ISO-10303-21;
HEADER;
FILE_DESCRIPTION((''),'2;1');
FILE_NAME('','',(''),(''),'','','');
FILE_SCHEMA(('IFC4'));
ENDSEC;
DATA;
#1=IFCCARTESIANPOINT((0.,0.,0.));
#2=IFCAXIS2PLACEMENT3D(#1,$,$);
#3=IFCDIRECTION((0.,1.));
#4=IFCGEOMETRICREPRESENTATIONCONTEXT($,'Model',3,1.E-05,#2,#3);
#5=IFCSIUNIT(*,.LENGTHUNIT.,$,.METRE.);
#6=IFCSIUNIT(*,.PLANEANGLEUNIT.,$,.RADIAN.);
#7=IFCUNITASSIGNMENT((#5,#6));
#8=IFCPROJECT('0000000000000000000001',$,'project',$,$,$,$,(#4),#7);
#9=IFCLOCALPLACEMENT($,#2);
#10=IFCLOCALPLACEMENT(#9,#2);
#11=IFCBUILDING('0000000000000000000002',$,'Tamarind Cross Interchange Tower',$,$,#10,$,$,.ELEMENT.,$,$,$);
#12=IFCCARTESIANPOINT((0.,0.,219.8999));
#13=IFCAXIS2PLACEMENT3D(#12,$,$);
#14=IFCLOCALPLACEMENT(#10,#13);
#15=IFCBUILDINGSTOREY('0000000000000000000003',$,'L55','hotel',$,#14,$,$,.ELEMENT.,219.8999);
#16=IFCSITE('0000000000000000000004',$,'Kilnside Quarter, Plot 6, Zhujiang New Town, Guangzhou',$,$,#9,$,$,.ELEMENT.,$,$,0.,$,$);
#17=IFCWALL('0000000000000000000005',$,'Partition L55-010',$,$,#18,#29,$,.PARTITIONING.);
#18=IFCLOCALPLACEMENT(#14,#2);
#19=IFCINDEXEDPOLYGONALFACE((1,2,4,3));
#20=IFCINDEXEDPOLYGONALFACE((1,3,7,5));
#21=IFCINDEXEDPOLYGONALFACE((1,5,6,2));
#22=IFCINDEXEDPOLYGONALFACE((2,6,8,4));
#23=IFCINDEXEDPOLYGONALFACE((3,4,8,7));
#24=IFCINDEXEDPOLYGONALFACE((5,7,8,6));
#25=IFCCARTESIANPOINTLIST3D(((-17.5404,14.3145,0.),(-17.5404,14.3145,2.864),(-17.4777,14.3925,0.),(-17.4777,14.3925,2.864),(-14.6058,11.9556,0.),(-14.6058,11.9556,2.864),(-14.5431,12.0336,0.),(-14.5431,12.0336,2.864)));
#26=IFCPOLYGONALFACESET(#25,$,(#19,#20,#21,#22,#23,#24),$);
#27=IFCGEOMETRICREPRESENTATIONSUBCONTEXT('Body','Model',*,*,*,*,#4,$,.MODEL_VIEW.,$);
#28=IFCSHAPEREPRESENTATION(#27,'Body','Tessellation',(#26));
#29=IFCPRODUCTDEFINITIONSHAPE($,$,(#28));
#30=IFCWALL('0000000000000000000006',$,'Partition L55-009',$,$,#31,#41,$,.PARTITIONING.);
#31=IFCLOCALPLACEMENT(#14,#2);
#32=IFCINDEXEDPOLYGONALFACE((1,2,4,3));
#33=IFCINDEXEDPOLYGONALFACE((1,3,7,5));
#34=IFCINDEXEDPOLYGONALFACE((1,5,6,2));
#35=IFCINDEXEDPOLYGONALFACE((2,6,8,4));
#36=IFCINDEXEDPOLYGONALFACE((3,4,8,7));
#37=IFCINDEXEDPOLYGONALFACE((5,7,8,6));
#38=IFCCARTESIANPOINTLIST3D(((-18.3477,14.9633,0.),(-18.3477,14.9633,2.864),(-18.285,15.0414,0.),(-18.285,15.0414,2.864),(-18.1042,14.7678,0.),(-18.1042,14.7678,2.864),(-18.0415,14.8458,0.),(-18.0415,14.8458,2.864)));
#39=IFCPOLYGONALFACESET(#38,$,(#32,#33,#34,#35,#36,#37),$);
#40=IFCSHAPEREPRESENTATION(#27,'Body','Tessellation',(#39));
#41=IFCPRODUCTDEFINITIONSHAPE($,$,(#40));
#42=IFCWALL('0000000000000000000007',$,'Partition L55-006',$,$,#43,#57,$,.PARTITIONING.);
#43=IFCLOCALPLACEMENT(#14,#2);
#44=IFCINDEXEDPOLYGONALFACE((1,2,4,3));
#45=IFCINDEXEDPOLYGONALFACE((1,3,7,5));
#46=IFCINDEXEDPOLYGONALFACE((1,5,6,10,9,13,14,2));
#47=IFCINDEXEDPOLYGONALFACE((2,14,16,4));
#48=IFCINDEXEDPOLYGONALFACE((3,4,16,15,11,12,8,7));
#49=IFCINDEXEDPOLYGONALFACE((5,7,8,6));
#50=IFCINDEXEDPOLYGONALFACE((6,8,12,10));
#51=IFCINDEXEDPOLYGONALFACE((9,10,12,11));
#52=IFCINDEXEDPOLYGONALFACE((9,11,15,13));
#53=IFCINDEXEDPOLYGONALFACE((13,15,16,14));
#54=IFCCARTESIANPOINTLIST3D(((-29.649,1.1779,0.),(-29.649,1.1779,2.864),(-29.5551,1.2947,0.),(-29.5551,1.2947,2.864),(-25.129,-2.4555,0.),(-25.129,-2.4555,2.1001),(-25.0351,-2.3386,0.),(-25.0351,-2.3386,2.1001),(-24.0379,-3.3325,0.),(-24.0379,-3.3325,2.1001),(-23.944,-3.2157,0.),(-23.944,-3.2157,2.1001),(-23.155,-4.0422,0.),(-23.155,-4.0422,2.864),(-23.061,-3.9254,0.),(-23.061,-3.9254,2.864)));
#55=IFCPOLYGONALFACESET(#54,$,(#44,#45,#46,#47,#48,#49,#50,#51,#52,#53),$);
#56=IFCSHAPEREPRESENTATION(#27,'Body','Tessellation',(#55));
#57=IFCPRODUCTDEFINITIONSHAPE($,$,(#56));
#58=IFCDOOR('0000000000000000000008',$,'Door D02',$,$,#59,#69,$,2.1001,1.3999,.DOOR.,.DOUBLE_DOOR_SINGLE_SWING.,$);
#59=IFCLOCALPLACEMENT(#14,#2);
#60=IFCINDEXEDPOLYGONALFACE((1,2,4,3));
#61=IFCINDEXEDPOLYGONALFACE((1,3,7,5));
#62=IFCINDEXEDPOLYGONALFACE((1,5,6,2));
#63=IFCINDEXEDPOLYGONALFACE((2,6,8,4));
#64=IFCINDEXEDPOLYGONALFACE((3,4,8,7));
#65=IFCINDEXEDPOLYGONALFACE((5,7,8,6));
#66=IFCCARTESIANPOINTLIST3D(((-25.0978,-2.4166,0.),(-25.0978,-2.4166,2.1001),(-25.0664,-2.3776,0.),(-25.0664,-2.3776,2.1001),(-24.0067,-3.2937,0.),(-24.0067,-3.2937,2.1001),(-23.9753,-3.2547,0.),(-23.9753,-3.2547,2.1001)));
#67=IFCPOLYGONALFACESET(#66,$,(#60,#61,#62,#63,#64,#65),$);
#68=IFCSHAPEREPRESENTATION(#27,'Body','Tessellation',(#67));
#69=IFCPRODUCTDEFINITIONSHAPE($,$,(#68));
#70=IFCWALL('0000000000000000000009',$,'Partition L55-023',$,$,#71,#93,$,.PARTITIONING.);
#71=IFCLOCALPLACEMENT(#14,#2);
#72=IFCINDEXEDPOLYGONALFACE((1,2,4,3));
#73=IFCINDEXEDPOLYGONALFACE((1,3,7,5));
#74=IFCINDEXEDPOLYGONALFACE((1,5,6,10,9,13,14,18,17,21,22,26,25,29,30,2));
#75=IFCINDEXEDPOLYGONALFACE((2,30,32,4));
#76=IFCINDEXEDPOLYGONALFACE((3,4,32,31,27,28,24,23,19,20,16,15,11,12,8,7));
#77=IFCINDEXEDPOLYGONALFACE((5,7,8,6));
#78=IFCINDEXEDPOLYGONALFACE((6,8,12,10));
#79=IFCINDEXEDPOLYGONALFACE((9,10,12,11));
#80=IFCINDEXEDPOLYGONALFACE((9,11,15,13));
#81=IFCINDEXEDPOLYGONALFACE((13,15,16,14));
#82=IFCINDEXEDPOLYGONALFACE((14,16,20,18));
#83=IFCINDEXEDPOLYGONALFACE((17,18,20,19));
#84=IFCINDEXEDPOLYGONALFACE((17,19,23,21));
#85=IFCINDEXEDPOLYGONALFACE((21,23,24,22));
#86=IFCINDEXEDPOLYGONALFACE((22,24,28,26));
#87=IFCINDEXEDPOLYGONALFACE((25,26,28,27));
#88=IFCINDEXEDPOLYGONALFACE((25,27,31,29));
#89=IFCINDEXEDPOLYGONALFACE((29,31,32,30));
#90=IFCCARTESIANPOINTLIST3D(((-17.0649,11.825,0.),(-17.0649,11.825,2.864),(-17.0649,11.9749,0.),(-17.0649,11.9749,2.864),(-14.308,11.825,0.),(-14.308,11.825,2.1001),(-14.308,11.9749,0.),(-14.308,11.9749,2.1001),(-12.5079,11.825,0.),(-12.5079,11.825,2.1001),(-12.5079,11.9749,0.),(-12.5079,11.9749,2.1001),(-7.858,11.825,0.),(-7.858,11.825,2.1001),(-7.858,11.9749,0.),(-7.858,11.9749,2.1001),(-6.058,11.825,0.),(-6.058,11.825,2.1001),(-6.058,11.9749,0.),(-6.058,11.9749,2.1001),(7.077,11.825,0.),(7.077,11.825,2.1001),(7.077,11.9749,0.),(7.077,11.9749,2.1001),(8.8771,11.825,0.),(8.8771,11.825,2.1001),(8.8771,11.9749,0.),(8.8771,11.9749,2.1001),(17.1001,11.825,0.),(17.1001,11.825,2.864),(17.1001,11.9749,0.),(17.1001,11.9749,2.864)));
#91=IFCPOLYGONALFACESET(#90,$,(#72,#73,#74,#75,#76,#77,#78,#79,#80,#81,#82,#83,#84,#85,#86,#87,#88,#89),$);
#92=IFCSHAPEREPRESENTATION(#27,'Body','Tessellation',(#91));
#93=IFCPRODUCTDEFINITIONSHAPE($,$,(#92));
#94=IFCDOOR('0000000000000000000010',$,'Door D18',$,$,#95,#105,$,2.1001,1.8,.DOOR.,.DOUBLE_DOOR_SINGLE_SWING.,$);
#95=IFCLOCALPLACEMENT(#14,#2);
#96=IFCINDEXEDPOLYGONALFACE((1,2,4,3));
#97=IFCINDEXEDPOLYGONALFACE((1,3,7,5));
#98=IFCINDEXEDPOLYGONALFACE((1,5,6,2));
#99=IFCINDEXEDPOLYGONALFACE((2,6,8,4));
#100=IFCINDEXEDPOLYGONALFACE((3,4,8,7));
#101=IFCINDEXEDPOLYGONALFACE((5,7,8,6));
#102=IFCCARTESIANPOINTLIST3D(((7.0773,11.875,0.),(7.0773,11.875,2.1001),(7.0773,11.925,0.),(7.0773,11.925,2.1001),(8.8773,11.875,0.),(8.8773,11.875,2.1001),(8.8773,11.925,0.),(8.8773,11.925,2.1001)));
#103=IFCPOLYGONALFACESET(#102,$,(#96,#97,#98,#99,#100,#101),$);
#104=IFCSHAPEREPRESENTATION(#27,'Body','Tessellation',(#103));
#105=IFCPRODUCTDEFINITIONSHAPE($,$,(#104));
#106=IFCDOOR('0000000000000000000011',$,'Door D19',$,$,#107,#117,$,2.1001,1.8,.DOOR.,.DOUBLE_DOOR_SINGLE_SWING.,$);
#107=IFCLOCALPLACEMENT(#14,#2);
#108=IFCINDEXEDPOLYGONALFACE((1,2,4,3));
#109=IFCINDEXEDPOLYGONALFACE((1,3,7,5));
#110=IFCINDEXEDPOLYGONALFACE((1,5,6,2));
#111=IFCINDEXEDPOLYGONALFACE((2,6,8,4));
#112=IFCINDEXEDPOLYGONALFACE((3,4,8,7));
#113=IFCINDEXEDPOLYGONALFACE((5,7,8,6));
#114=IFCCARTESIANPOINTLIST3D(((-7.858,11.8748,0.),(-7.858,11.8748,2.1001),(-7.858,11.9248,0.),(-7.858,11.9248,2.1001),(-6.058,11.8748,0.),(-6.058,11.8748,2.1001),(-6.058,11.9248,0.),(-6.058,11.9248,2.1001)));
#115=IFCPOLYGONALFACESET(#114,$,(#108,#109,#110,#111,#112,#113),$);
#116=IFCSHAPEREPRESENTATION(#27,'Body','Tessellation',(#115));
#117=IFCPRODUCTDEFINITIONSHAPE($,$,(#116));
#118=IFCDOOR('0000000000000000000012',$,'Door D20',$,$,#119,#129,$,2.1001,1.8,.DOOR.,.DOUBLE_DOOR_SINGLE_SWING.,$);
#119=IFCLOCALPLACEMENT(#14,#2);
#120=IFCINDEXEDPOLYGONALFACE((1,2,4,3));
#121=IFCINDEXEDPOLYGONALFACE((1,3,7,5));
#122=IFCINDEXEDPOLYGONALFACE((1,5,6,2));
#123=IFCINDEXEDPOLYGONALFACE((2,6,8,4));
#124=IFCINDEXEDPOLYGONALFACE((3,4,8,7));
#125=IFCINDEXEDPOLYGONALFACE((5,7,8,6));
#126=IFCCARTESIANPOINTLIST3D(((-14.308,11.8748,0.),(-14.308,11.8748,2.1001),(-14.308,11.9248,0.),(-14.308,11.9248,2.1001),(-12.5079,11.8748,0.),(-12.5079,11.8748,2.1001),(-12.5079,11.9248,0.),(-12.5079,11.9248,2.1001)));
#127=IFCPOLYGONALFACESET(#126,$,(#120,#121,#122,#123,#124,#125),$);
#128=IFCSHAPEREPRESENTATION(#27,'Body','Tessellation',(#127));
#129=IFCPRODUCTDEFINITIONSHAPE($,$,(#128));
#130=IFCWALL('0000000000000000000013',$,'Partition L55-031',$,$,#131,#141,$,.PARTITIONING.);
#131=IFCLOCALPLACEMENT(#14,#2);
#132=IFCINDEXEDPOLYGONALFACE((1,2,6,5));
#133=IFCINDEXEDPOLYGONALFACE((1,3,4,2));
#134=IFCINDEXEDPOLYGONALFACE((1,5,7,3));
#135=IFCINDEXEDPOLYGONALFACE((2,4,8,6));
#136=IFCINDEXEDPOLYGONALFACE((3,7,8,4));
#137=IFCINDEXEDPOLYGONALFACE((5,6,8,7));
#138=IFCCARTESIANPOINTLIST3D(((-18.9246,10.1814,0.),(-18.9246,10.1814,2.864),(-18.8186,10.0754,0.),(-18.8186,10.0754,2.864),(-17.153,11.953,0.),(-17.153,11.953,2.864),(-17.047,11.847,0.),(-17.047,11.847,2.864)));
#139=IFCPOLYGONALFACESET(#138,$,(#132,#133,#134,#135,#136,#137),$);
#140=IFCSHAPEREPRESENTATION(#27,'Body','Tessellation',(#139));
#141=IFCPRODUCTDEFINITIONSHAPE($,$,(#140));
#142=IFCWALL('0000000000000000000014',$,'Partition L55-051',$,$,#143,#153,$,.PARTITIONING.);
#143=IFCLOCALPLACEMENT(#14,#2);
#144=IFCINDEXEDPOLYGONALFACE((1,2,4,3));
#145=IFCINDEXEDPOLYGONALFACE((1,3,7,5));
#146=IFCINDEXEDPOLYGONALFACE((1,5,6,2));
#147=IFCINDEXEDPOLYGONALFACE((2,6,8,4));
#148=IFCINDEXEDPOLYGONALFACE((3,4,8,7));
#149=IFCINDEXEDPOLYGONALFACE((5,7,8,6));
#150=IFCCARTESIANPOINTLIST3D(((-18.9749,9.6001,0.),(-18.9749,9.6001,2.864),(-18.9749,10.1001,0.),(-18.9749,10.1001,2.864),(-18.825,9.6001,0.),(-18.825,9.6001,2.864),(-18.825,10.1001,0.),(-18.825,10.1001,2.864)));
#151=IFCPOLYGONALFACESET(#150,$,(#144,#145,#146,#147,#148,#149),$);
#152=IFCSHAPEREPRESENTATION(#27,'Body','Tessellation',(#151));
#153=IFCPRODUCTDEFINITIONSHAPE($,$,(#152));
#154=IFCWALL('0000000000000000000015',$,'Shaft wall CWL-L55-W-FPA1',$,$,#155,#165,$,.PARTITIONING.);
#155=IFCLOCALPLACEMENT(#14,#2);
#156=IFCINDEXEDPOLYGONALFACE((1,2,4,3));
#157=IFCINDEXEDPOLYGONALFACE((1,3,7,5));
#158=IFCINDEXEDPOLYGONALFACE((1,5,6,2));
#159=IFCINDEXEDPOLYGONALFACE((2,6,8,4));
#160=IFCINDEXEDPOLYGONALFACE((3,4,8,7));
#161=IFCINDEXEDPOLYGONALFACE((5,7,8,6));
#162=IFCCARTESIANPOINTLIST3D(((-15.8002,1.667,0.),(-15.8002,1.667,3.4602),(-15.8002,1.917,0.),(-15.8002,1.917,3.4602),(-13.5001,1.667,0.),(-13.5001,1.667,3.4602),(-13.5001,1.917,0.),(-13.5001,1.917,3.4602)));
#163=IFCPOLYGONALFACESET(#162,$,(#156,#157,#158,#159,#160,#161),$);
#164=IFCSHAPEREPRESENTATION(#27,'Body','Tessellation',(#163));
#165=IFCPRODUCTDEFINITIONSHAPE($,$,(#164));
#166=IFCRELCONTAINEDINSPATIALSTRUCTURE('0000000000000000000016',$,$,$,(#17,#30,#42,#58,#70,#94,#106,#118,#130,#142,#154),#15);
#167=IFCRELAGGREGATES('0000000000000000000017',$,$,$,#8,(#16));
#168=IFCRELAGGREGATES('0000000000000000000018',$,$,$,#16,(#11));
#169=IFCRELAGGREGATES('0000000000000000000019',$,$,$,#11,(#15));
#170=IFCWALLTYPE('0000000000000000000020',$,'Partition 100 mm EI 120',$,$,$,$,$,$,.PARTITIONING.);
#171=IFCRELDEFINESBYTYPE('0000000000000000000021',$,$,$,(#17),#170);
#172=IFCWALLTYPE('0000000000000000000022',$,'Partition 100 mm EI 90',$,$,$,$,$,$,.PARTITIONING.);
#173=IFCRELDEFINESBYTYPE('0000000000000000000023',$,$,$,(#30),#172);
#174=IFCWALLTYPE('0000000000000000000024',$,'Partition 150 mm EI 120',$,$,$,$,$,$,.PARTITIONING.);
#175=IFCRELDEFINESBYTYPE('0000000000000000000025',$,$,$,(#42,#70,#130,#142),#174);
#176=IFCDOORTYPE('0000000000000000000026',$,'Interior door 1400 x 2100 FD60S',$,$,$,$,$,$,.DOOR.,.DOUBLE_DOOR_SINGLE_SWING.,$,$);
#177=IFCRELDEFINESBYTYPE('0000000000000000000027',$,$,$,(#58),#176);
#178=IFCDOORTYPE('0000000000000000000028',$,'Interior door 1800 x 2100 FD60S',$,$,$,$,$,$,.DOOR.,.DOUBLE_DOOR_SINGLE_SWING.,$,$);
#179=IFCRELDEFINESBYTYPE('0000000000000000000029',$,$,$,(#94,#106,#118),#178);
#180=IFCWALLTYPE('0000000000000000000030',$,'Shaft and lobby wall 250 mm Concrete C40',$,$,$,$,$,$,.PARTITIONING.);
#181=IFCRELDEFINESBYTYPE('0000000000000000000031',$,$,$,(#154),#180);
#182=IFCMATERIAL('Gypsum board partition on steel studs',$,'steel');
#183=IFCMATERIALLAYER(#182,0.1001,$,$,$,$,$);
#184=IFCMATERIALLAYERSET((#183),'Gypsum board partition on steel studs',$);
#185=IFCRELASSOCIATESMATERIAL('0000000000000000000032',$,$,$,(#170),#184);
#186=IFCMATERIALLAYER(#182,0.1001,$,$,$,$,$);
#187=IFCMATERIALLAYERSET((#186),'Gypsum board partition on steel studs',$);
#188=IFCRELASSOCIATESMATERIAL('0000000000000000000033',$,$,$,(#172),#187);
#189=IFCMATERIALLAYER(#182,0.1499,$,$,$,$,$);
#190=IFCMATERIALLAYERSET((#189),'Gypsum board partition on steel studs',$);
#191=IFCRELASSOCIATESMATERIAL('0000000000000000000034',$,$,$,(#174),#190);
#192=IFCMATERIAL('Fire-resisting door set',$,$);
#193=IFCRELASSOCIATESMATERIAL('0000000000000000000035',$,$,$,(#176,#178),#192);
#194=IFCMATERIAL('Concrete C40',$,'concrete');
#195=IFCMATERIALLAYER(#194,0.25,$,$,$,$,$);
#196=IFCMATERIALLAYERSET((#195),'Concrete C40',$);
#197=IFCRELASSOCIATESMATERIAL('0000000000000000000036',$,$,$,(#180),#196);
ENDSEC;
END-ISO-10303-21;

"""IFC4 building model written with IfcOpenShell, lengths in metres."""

from ifc_helpers import new_model, si_unit, direction, frame, frame_2d, origin, place, context, subcontext, project, spatial, rectangle, extrude, material, layer, layer_set, type_object, element, fill, save


model = new_model("IFC4")

# Units and contexts
model_context = context("Model", 3, precision=1e-05, world=origin(), true_north=direction((0.0, 1.0)))
body_context = subcontext(model_context, "Body", "Model", "MODEL_VIEW")
ifc_project = project(units=[si_unit("LENGTHUNIT", "METRE"), si_unit("PLANEANGLEUNIT", "RADIAN")], contexts=[model_context])

# Site, building, storey
site_placement = place(None, origin())
site = spatial("IfcSite", under=ifc_project, at=site_placement, Name="Kilnside Quarter, Plot 6, Zhujiang New Town, Guangzhou", CompositionType="ELEMENT", RefElevation=0.0)
building_placement = place(site_placement, origin())
building = spatial("IfcBuilding", under=site, at=building_placement, Name="Tamarind Cross Interchange Tower", CompositionType="ELEMENT")
storey_placement = place(building_placement, frame((0.0, 0.0, 219.8999)))
storey = spatial("IfcBuildingStorey", under=building, at=storey_placement, Name="L55", Description="hotel", CompositionType="ELEMENT", Elevation=219.8999)

# Shared definitions
ifc_material_1 = material(Name="Concrete C40", Category="concrete")

# Walls
ifc_material_2 = material(Name="Gypsum board partition on steel studs", Category="steel")
ifc_layer_1 = layer(ifc_material_2, 0.1001)
ifc_layer_set_1 = layer_set([ifc_layer_1], Name="Gypsum board partition on steel studs")
wall_type_1 = type_object("IfcWallType", Name="Partition 100 mm EI 120", PredefinedType="PARTITIONING", material=ifc_layer_set_1)
wall_1_placement = place(storey_placement, frame((-17.509, 14.3535, 0.0), z_axis=(0.0, 0.0, 1.0), x_axis=(0.779412, -0.626512, 0.0)))
element("IfcWall", 1, at=wall_1_placement, inside=storey, type_object=wall_type_1, Name="Partition L55-010", PredefinedType="PARTITIONING", context=body_context, shape_type="SweptSolid", body=[
    extrude(rectangle(XDim=3.7651, YDim=0.1001, at=frame_2d((1.8826, 0.0))), origin(), (0.0, 0.0, 1.0), 2.864),
])
ifc_layer_2 = layer(ifc_material_2, 0.1001)
ifc_layer_set_2 = layer_set([ifc_layer_2], Name="Gypsum board partition on steel studs")
wall_type_2 = type_object("IfcWallType", Name="Partition 100 mm EI 90", PredefinedType="PARTITIONING", material=ifc_layer_set_2)
wall_2_placement = place(storey_placement, frame((-18.3164, 15.0024, 0.0), z_axis=(0.0, 0.0, 1.0), x_axis=(0.77957, -0.626315, 0.0)))
element("IfcWall", 2, at=wall_2_placement, inside=storey, type_object=wall_type_2, Name="Partition L55-009", PredefinedType="PARTITIONING", context=body_context, shape_type="SweptSolid", body=[
    extrude(rectangle(XDim=0.3123, YDim=0.1001, at=frame_2d((0.1562, 0.0))), origin(), (0.0, 0.0, 1.0), 2.864),
])

# Wall, opening, door
ifc_layer_3 = layer(ifc_material_2, 0.1499)
ifc_layer_set_3 = layer_set([ifc_layer_3], Name="Gypsum board partition on steel studs")
wall_type_3 = type_object("IfcWallType", Name="Partition 150 mm EI 120", PredefinedType="PARTITIONING", material=ifc_layer_set_3)
wall_3_placement = place(storey_placement, frame((-29.6021, 1.2363, 0.0), z_axis=(0.0, 0.0, 1.0), x_axis=(0.779409, -0.626516, 0.0)))
wall_3 = element("IfcWall", 3, at=wall_3_placement, inside=storey, type_object=wall_type_3, Name="Partition L55-006", PredefinedType="PARTITIONING", context=body_context, shape_type="SweptSolid", body=[
    extrude(rectangle(XDim=8.332, YDim=0.1499, at=frame_2d((4.166, 0.0))), origin(), (0.0, 0.0, 1.0), 2.864),
])
opening_1_placement = place(wall_3_placement, frame((5.7993, 0.0, 0.0)))
opening_1 = element("IfcOpeningElement", 4, at=opening_1_placement, cuts=wall_3, PredefinedType="OPENING", context=body_context, shape_type="SweptSolid", body=[
    extrude(rectangle(XDim=1.3999, YDim=2.1001, at=frame_2d((0.7, 1.05))), frame((0.0, 0.085, 0.0), z_axis=(0.0, -1.0, 0.0), x_axis=(1.0, 0.0, 0.0)), (0.0, 0.0, 1.0), 0.1699),
])
ifc_material_3 = material(Name="Fire-resisting door set")
door_type_1 = type_object("IfcDoorType", Name="Interior door 1400 x 2100 FD60S", OperationType="DOUBLE_DOOR_SINGLE_SWING", PredefinedType="DOOR", material=ifc_material_3)
door_1_placement = place(opening_1_placement, origin())
door_1 = element("IfcDoor", 5, at=door_1_placement, inside=storey, type_object=door_type_1, Name="Door D02", OperationType="DOUBLE_DOOR_SINGLE_SWING", OverallHeight=2.1001, OverallWidth=1.3999, PredefinedType="DOOR", context=body_context, shape_type="SweptSolid", body=[
    extrude(rectangle(XDim=1.3999, YDim=2.1001, at=frame_2d((0.7, 1.05))), frame((0.0, 0.0249, 0.0), z_axis=(0.0, -1.0, 0.0), x_axis=(1.0, 0.0, 0.0)), (0.0, 0.0, 1.0), 0.05),
])
fill(opening_1, door_1)

# Wall, openings, doors
wall_4_placement = place(storey_placement, frame((-17.0649, 11.8999, 0.0), z_axis=(0.0, 0.0, 1.0), x_axis=(1.0, 0.0, 0.0)))
wall_4 = element("IfcWall", 6, at=wall_4_placement, inside=storey, type_object=wall_type_3, Name="Partition L55-023", PredefinedType="PARTITIONING", context=body_context, shape_type="SweptSolid", body=[
    extrude(rectangle(XDim=34.165, YDim=0.1499, at=frame_2d((17.0825, 0.0))), origin(), (0.0, 0.0, 1.0), 2.864),
])
opening_2_placement = place(wall_4_placement, frame((24.1421, 0.0, 0.0)))
opening_2 = element("IfcOpeningElement", 7, at=opening_2_placement, cuts=wall_4, PredefinedType="OPENING", context=body_context, shape_type="SweptSolid", body=[
    extrude(rectangle(XDim=1.8, YDim=2.1001, at=frame_2d((0.8999, 1.05))), frame((0.0, 0.085, 0.0), z_axis=(0.0, -1.0, 0.0), x_axis=(1.0, 0.0, 0.0)), (0.0, 0.0, 1.0), 0.1699),
])
opening_3_placement = place(wall_4_placement, frame((9.207, 0.0, 0.0)))
opening_3 = element("IfcOpeningElement", 8, at=opening_3_placement, cuts=wall_4, PredefinedType="OPENING", context=body_context, shape_type="SweptSolid", body=[
    extrude(rectangle(XDim=1.8, YDim=2.1001, at=frame_2d((0.8999, 1.05))), frame((0.0, 0.085, 0.0), z_axis=(0.0, -1.0, 0.0), x_axis=(1.0, 0.0, 0.0)), (0.0, 0.0, 1.0), 0.1699),
])
opening_4_placement = place(wall_4_placement, frame((2.7571, 0.0, 0.0)))
opening_4 = element("IfcOpeningElement", 9, at=opening_4_placement, cuts=wall_4, PredefinedType="OPENING", context=body_context, shape_type="SweptSolid", body=[
    extrude(rectangle(XDim=1.8, YDim=2.1001, at=frame_2d((0.8999, 1.05))), frame((0.0, 0.085, 0.0), z_axis=(0.0, -1.0, 0.0), x_axis=(1.0, 0.0, 0.0)), (0.0, 0.0, 1.0), 0.1699),
])
door_type_2 = type_object("IfcDoorType", Name="Interior door 1800 x 2100 FD60S", OperationType="DOUBLE_DOOR_SINGLE_SWING", PredefinedType="DOOR", material=ifc_material_3)
door_2_placement = place(opening_2_placement, frame((1.8, 0.0, 0.0), z_axis=(0.0, 0.0, 1.0), x_axis=(-1.0, 0.0, 0.0)))
door_2 = element("IfcDoor", 10, at=door_2_placement, inside=storey, type_object=door_type_2, Name="Door D18", OperationType="DOUBLE_DOOR_SINGLE_SWING", OverallHeight=2.1001, OverallWidth=1.8, PredefinedType="DOOR", context=body_context, shape_type="SweptSolid", body=[
    extrude(rectangle(XDim=1.8, YDim=2.1001, at=frame_2d((0.8999, 1.05))), frame((0.0, 0.0249, 0.0), z_axis=(0.0, -1.0, 0.0), x_axis=(1.0, 0.0, 0.0)), (0.0, 0.0, 1.0), 0.05),
])
fill(opening_2, door_2)
door_3_placement = place(opening_3_placement, origin())
door_3 = element("IfcDoor", 11, at=door_3_placement, inside=storey, type_object=door_type_2, Name="Door D19", OperationType="DOUBLE_DOOR_SINGLE_SWING", OverallHeight=2.1001, OverallWidth=1.8, PredefinedType="DOOR", context=body_context, shape_type="SweptSolid", body=[
    extrude(rectangle(XDim=1.8, YDim=2.1001, at=frame_2d((0.8999, 1.05))), frame((0.0, 0.0249, 0.0), z_axis=(0.0, -1.0, 0.0), x_axis=(1.0, 0.0, 0.0)), (0.0, 0.0, 1.0), 0.05),
])
fill(opening_3, door_3)
door_4_placement = place(opening_4_placement, origin())
door_4 = element("IfcDoor", 12, at=door_4_placement, inside=storey, type_object=door_type_2, Name="Door D20", OperationType="DOUBLE_DOOR_SINGLE_SWING", OverallHeight=2.1001, OverallWidth=1.8, PredefinedType="DOOR", context=body_context, shape_type="SweptSolid", body=[
    extrude(rectangle(XDim=1.8, YDim=2.1001, at=frame_2d((0.8999, 1.05))), frame((0.0, 0.0249, 0.0), z_axis=(0.0, -1.0, 0.0), x_axis=(1.0, 0.0, 0.0)), (0.0, 0.0, 1.0), 0.05),
])
fill(opening_4, door_4)

# Walls
wall_5_placement = place(storey_placement, frame((-18.8716, 10.1284, 0.0), z_axis=(0.0, 0.0, 1.0), x_axis=(0.707107, 0.707107, 0.0)))
element("IfcWall", 13, at=wall_5_placement, inside=storey, type_object=wall_type_3, Name="Partition L55-031", PredefinedType="PARTITIONING", context=body_context, shape_type="SweptSolid", body=[
    extrude(rectangle(XDim=2.5054, YDim=0.1499, at=frame_2d((1.2527, 0.0))), origin(), (0.0, 0.0, 1.0), 2.864),
])
wall_6_placement = place(storey_placement, frame((-18.8999, 9.6001, 0.0), z_axis=(0.0, 0.0, 1.0), x_axis=(0.0, 1.0, 0.0)))
element("IfcWall", 14, at=wall_6_placement, inside=storey, type_object=wall_type_3, Name="Partition L55-051", PredefinedType="PARTITIONING", context=body_context, shape_type="SweptSolid", body=[
    extrude(rectangle(XDim=0.5, YDim=0.1499, at=frame_2d((0.25, 0.0))), origin(), (0.0, 0.0, 1.0), 2.864),
])
ifc_layer_4 = layer(ifc_material_1, 0.25)
ifc_layer_set_4 = layer_set([ifc_layer_4], Name="Concrete C40")
wall_type_4 = type_object("IfcWallType", Name="Shaft and lobby wall 250 mm Concrete C40", PredefinedType="PARTITIONING", material=ifc_layer_set_4)
wall_7_placement = place(storey_placement, frame((-15.8, 1.792, 0.0), z_axis=(0.0, 0.0, 1.0), x_axis=(1.0, 0.0, 0.0)))
element("IfcWall", 15, at=wall_7_placement, inside=storey, type_object=wall_type_4, Name="Shaft wall CWL-L55-W-FPA1", PredefinedType="PARTITIONING", context=body_context, shape_type="SweptSolid", body=[
    extrude(rectangle(XDim=2.3, YDim=0.25, at=frame_2d((1.1499, 0.0))), origin(), (0.0, 0.0, 1.0), 3.4602),
])

save(model, "model.ifc")
